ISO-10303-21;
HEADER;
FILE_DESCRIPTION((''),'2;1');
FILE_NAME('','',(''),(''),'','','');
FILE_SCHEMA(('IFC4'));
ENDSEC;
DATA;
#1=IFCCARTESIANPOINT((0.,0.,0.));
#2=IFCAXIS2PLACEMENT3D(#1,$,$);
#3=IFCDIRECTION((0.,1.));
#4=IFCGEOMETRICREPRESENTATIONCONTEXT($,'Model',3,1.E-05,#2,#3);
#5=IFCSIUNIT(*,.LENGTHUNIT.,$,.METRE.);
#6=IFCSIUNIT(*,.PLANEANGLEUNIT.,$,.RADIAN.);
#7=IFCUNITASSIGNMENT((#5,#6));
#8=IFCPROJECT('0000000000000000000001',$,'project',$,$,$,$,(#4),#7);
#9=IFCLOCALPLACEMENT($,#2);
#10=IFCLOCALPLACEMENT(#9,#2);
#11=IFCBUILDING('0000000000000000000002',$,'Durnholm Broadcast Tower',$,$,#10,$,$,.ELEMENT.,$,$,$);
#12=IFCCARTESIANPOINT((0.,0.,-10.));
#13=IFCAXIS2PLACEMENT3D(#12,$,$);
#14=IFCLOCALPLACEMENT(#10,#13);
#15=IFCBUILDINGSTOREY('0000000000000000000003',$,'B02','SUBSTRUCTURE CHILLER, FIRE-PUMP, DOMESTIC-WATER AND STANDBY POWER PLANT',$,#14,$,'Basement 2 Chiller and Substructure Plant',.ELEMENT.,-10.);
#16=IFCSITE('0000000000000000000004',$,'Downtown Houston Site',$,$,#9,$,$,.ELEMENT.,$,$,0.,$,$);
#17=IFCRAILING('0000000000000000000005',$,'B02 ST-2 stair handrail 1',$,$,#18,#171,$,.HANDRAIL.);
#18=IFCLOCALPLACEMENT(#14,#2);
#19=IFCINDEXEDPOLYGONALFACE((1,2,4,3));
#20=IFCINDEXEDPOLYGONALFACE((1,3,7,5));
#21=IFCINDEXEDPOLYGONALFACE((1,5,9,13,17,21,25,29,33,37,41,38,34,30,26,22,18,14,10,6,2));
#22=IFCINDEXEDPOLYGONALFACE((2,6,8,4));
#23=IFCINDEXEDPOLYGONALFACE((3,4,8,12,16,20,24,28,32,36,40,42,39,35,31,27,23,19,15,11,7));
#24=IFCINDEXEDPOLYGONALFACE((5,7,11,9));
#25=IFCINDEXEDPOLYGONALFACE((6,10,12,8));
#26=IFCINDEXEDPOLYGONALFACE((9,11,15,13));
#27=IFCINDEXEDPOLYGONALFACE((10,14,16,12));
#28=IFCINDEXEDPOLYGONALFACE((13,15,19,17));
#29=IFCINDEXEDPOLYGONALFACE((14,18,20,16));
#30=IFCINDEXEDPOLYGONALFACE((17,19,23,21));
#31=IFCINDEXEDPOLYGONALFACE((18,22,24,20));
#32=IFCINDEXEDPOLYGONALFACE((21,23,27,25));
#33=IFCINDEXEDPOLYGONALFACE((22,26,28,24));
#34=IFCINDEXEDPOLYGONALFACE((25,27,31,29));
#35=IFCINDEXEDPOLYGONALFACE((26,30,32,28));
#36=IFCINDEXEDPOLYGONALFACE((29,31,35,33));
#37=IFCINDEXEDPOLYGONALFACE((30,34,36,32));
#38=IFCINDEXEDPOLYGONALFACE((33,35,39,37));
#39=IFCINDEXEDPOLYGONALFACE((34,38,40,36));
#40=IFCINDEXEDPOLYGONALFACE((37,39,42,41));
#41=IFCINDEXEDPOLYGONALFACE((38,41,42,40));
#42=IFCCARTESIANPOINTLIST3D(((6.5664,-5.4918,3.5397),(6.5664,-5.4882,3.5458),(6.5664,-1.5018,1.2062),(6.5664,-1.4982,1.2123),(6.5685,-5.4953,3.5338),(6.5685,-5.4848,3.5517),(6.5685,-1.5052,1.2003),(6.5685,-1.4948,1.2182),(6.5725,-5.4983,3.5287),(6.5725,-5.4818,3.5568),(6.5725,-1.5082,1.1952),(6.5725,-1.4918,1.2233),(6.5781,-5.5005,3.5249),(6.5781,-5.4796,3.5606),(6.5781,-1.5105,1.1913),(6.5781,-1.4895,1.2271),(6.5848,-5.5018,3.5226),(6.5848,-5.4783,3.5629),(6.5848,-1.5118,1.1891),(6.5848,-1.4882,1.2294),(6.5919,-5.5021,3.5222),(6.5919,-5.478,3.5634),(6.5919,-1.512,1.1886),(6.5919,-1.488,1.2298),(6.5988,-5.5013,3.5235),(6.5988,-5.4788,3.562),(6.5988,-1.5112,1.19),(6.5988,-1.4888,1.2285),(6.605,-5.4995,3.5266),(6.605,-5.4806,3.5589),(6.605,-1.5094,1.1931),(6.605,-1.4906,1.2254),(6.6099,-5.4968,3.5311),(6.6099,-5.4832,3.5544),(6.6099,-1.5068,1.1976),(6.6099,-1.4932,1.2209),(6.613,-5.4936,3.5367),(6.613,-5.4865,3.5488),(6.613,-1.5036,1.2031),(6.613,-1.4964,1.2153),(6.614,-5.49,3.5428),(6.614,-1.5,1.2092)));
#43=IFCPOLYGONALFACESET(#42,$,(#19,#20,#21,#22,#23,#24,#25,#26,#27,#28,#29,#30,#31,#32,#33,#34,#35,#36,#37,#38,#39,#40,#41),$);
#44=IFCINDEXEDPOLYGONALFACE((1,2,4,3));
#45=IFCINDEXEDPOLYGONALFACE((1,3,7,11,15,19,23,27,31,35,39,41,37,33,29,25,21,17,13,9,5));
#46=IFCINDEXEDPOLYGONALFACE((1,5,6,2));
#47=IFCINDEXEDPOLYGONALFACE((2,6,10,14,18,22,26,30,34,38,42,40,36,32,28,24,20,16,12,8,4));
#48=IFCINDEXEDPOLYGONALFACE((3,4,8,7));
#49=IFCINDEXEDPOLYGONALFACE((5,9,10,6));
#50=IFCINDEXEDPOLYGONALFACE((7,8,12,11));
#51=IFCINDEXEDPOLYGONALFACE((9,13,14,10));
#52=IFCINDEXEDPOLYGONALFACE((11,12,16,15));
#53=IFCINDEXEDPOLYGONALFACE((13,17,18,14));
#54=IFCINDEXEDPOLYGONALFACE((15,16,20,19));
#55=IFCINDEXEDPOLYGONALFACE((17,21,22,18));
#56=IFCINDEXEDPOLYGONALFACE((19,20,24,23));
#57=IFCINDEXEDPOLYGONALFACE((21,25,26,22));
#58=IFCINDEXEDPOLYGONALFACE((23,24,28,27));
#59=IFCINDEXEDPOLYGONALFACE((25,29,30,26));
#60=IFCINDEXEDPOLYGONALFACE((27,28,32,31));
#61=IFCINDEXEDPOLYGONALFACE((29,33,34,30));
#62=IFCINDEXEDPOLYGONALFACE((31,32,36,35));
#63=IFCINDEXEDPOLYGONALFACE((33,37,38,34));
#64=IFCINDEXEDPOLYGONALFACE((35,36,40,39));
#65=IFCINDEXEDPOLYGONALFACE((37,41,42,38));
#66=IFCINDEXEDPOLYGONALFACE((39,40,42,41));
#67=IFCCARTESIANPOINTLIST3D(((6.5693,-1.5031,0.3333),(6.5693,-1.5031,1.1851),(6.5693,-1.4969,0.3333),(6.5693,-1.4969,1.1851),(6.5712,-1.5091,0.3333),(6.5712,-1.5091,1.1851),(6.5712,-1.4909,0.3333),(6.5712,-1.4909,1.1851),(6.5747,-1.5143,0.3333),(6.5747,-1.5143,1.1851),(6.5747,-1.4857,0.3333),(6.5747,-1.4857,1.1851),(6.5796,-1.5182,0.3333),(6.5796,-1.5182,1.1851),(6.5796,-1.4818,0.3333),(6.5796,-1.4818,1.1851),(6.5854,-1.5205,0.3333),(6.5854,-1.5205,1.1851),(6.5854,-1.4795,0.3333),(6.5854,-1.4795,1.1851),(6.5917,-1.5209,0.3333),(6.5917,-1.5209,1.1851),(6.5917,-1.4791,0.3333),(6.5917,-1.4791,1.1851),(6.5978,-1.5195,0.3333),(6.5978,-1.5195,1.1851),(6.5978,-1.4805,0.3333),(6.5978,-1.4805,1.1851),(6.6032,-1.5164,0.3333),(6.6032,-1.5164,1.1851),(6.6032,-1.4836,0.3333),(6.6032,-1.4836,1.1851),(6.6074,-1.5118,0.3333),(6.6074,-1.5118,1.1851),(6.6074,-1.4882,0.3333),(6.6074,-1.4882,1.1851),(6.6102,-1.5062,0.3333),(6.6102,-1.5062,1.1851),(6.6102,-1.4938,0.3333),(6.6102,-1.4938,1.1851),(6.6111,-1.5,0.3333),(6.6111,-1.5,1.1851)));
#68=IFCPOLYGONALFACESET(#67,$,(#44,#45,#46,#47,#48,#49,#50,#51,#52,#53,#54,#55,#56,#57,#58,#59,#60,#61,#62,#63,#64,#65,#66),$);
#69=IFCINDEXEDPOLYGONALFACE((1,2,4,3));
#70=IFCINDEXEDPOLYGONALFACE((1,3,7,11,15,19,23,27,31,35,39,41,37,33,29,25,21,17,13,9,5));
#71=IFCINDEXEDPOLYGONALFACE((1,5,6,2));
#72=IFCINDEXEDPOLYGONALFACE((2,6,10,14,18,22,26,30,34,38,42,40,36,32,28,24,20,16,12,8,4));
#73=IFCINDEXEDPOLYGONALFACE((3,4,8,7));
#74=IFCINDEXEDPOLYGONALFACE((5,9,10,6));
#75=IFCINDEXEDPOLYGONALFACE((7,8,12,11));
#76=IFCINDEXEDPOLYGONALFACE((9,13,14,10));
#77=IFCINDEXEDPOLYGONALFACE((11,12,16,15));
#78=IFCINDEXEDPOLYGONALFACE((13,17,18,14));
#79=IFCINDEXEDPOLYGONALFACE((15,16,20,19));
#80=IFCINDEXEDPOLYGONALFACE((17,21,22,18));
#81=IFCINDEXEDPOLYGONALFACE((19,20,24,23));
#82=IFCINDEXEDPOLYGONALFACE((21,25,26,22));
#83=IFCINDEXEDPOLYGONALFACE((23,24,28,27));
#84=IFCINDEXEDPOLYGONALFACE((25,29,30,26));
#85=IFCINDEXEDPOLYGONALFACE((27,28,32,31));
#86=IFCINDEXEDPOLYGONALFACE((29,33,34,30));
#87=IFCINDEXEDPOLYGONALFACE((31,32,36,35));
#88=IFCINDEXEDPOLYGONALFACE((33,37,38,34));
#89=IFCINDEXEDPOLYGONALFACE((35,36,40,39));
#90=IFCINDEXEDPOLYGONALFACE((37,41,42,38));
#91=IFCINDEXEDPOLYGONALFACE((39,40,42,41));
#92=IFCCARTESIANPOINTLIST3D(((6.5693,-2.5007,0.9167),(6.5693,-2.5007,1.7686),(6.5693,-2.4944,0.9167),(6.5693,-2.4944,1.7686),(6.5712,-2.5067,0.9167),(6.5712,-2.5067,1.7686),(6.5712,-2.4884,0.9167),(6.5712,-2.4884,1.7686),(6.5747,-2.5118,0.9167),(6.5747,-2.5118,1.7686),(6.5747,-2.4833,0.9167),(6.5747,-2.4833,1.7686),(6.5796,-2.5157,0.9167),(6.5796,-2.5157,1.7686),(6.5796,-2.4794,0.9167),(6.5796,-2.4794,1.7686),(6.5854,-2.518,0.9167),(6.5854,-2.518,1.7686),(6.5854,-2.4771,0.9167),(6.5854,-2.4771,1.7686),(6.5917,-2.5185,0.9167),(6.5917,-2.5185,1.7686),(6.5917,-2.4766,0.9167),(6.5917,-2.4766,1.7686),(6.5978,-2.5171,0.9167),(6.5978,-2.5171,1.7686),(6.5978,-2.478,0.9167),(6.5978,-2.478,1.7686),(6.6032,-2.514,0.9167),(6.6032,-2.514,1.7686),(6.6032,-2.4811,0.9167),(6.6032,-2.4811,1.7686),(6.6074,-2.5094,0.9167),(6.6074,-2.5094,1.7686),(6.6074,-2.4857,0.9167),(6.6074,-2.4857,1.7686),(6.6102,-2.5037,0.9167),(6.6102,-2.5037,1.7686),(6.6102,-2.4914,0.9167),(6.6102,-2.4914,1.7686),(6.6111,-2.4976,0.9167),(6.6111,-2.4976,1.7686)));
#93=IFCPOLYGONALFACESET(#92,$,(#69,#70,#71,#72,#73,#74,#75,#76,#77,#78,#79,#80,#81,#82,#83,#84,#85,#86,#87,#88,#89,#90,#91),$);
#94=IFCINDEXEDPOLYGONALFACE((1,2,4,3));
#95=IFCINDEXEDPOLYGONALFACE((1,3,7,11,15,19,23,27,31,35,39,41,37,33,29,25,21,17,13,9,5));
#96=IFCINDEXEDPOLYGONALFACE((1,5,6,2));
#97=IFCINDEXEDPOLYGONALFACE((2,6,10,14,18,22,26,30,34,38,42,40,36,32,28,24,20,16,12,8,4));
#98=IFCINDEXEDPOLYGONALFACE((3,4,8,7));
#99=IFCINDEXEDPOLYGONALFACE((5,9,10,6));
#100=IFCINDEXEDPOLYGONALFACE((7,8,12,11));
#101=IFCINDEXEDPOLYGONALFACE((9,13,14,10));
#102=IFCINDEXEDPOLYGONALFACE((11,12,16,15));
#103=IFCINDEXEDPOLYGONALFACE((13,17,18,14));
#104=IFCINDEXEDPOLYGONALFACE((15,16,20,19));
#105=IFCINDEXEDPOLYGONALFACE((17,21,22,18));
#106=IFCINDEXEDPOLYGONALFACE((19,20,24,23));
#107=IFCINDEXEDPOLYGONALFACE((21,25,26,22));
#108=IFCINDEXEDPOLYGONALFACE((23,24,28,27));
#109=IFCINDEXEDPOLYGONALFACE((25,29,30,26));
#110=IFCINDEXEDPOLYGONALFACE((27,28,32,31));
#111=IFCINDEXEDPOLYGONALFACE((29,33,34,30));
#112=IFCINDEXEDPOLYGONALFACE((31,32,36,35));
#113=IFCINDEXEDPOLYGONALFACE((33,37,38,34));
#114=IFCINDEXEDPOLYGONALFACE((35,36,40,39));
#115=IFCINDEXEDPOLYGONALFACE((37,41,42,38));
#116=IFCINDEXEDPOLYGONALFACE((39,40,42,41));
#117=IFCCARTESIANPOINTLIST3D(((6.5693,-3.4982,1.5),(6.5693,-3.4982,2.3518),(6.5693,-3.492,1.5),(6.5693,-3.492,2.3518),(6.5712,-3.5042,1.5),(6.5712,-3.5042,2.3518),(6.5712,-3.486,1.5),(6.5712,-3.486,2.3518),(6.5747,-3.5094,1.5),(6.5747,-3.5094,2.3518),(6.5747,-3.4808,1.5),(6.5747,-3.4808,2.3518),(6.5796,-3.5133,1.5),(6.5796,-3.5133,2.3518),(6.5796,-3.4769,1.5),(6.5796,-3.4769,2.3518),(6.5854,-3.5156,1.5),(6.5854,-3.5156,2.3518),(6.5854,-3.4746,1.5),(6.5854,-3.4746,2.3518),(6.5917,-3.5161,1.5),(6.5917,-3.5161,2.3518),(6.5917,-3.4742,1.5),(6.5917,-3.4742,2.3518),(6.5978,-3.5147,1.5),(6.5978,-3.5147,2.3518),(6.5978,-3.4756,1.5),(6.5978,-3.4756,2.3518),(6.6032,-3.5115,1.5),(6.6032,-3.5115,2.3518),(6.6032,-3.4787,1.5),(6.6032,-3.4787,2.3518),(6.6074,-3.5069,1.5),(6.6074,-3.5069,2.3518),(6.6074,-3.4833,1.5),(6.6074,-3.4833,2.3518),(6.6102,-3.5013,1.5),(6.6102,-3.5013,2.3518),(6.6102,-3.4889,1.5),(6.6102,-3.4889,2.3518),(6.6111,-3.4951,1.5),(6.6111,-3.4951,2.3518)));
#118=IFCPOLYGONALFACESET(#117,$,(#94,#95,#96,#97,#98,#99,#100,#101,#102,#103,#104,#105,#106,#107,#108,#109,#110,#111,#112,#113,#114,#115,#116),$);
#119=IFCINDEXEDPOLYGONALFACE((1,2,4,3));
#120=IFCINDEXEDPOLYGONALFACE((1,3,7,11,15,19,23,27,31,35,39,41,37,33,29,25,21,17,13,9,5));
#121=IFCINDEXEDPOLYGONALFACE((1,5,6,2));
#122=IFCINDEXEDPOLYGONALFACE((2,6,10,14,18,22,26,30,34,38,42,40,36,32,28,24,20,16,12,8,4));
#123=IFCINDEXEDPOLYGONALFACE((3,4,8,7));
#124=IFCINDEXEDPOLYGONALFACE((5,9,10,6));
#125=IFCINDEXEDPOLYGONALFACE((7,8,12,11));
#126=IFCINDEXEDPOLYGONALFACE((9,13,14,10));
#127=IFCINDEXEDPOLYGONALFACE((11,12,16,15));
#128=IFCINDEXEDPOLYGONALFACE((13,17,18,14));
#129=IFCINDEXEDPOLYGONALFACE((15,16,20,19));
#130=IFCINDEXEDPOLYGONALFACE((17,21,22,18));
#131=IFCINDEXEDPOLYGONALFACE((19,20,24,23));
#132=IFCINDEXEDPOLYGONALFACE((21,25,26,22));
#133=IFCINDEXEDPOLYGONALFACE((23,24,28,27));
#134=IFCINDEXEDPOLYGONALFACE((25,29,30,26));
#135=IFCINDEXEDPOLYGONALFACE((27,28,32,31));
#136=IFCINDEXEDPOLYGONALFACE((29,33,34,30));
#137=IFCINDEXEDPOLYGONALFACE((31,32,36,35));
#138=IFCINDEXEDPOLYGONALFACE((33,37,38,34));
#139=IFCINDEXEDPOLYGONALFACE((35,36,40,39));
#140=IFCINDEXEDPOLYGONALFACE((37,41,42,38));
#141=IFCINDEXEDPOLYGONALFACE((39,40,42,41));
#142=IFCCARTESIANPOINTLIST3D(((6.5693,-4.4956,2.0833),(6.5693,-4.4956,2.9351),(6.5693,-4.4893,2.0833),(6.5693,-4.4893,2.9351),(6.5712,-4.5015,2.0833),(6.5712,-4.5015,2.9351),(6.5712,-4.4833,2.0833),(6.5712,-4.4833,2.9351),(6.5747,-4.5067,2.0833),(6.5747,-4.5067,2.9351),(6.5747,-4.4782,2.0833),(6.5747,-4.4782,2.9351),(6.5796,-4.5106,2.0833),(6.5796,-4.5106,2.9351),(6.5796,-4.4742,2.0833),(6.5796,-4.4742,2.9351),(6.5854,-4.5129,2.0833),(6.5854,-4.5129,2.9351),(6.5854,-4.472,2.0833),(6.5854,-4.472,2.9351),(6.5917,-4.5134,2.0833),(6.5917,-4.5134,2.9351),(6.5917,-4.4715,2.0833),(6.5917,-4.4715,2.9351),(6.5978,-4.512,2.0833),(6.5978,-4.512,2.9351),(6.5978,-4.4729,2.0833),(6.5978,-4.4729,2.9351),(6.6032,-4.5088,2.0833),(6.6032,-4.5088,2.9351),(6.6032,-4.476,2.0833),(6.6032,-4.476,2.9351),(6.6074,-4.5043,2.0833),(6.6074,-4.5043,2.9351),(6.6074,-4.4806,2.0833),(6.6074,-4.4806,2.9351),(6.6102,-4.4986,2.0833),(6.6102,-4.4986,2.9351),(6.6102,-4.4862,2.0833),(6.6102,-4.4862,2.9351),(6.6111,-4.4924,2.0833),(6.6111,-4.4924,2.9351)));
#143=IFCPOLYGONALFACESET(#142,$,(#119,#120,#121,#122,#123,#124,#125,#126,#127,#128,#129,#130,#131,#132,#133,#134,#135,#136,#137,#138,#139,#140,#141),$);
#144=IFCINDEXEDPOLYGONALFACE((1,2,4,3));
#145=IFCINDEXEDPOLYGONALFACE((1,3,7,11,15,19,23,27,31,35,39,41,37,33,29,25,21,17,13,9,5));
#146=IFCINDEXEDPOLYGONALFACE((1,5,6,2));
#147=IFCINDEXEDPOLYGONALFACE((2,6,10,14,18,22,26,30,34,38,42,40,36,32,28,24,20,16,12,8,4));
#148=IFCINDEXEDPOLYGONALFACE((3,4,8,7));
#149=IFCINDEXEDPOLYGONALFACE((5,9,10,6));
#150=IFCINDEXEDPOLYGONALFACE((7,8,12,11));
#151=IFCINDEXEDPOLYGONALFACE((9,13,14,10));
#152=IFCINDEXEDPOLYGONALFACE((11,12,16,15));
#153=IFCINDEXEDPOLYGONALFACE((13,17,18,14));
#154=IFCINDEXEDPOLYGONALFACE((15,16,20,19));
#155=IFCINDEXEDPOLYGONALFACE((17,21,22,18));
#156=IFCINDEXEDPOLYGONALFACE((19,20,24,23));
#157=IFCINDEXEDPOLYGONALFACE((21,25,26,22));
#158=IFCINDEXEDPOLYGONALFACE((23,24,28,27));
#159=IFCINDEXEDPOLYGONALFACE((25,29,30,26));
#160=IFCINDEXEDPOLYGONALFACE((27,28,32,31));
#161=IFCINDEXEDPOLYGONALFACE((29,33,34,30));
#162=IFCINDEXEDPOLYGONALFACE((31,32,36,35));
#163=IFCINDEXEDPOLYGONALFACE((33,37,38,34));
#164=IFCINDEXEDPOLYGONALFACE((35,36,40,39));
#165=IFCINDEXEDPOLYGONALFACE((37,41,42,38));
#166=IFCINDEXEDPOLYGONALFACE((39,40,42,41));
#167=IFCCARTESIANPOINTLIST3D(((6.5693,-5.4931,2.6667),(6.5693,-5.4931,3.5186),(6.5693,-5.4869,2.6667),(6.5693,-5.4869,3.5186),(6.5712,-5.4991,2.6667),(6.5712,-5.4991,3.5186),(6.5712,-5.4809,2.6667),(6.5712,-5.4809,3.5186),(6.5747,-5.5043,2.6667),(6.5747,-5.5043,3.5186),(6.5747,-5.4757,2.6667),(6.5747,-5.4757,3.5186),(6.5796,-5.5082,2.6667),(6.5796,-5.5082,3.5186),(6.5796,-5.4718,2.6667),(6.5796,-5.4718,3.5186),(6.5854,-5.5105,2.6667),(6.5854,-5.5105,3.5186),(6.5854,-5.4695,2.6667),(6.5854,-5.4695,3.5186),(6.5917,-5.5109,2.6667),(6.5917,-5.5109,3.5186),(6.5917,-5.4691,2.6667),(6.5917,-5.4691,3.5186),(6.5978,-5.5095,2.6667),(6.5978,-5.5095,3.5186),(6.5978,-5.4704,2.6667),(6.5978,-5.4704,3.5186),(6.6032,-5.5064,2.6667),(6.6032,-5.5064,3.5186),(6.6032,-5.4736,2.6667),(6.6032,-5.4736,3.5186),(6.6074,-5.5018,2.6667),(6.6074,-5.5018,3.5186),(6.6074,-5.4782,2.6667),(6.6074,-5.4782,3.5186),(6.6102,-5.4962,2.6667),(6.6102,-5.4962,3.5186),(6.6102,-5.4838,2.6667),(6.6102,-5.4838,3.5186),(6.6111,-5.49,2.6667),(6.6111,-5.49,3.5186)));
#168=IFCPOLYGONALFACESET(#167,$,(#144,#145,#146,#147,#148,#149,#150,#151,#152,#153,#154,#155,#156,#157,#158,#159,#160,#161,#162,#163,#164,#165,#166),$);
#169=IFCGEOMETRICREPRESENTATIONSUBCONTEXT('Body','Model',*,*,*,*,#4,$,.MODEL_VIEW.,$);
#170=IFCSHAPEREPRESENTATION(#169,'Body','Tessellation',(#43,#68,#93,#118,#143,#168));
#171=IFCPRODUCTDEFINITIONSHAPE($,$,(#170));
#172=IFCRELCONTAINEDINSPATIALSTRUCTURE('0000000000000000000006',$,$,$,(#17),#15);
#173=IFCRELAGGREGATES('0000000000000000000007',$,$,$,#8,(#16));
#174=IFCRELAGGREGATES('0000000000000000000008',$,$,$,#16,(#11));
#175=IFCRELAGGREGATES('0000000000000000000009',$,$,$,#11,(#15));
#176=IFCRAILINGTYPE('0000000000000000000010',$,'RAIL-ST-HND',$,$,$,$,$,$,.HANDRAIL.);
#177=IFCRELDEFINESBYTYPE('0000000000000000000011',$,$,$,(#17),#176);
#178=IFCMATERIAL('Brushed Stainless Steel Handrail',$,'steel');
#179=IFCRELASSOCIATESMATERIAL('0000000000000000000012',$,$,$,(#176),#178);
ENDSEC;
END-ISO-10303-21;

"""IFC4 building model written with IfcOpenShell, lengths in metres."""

from ifc_helpers import new_model, si_unit, direction, frame, origin, origin_2d, place, context, subcontext, project, spatial, circle, extrude, material, type_object, element, save


model = new_model("IFC4")

# Units and contexts
model_context = context("Model", 3, precision=1e-05, world=origin(), true_north=direction((0.0, 1.0)))
body_context = subcontext(model_context, "Body", "Model", "MODEL_VIEW")
ifc_project = project(units=[si_unit("LENGTHUNIT", "METRE"), si_unit("PLANEANGLEUNIT", "RADIAN")], contexts=[model_context])

# Site, building, storey
site_placement = place(None, origin())
site = spatial("IfcSite", under=ifc_project, at=site_placement, Name="Downtown Houston Site", CompositionType="ELEMENT", RefElevation=0.0)
building_placement = place(site_placement, origin())
building = spatial("IfcBuilding", under=site, at=building_placement, Name="Durnholm Broadcast Tower", CompositionType="ELEMENT")
storey_placement = place(building_placement, frame((0.0, 0.0, -10.0)))
storey = spatial("IfcBuildingStorey", under=building, at=storey_placement, Name="B02", Description="SUBSTRUCTURE CHILLER, FIRE-PUMP, DOMESTIC-WATER AND STANDBY POWER PLANT", LongName="Basement 2 Chiller and Substructure Plant", CompositionType="ELEMENT", Elevation=-10.0)

# Railing
ifc_material_1 = material(Name="Brushed Stainless Steel Handrail", Category="steel")
railing_type_1 = type_object("IfcRailingType", Name="RAIL-ST-HND", PredefinedType="HANDRAIL", material=ifc_material_1)
railing_1_placement = place(storey_placement, frame((6.5901, -1.5, 0.3333)))
element("IfcRailing", 1, at=railing_1_placement, inside=storey, type_object=railing_type_1, Name="B02 ST-2 stair handrail 1", PredefinedType="HANDRAIL", context=body_context, shape_type="SweptSolid", body=[
    extrude(circle(Radius=0.0239, at=origin_2d()), frame((0.0, 0.0, 0.876), z_axis=(0.0, -0.863213, 0.50484), x_axis=(1.0, 0.0, 0.0)), (0.0, 0.0, 1.0), 4.6223),
    extrude(circle(Radius=0.021, at=origin_2d()), origin(), (0.0, 0.0, 1.0), 0.8518),
    extrude(circle(Radius=0.021, at=origin_2d()), frame((0.0, -0.9976, 0.5835)), (0.0, 0.0, 1.0), 0.8518),
    extrude(circle(Radius=0.021, at=origin_2d()), frame((0.0, -1.9951, 1.1667)), (0.0, 0.0, 1.0), 0.8518),
    extrude(circle(Radius=0.021, at=origin_2d()), frame((0.0, -2.9924, 1.75)), (0.0, 0.0, 1.0), 0.8518),
    extrude(circle(Radius=0.021, at=origin_2d()), frame((0.0, -3.99, 2.3335)), (0.0, 0.0, 1.0), 0.8518),
])

save(model, "model.ifc")
